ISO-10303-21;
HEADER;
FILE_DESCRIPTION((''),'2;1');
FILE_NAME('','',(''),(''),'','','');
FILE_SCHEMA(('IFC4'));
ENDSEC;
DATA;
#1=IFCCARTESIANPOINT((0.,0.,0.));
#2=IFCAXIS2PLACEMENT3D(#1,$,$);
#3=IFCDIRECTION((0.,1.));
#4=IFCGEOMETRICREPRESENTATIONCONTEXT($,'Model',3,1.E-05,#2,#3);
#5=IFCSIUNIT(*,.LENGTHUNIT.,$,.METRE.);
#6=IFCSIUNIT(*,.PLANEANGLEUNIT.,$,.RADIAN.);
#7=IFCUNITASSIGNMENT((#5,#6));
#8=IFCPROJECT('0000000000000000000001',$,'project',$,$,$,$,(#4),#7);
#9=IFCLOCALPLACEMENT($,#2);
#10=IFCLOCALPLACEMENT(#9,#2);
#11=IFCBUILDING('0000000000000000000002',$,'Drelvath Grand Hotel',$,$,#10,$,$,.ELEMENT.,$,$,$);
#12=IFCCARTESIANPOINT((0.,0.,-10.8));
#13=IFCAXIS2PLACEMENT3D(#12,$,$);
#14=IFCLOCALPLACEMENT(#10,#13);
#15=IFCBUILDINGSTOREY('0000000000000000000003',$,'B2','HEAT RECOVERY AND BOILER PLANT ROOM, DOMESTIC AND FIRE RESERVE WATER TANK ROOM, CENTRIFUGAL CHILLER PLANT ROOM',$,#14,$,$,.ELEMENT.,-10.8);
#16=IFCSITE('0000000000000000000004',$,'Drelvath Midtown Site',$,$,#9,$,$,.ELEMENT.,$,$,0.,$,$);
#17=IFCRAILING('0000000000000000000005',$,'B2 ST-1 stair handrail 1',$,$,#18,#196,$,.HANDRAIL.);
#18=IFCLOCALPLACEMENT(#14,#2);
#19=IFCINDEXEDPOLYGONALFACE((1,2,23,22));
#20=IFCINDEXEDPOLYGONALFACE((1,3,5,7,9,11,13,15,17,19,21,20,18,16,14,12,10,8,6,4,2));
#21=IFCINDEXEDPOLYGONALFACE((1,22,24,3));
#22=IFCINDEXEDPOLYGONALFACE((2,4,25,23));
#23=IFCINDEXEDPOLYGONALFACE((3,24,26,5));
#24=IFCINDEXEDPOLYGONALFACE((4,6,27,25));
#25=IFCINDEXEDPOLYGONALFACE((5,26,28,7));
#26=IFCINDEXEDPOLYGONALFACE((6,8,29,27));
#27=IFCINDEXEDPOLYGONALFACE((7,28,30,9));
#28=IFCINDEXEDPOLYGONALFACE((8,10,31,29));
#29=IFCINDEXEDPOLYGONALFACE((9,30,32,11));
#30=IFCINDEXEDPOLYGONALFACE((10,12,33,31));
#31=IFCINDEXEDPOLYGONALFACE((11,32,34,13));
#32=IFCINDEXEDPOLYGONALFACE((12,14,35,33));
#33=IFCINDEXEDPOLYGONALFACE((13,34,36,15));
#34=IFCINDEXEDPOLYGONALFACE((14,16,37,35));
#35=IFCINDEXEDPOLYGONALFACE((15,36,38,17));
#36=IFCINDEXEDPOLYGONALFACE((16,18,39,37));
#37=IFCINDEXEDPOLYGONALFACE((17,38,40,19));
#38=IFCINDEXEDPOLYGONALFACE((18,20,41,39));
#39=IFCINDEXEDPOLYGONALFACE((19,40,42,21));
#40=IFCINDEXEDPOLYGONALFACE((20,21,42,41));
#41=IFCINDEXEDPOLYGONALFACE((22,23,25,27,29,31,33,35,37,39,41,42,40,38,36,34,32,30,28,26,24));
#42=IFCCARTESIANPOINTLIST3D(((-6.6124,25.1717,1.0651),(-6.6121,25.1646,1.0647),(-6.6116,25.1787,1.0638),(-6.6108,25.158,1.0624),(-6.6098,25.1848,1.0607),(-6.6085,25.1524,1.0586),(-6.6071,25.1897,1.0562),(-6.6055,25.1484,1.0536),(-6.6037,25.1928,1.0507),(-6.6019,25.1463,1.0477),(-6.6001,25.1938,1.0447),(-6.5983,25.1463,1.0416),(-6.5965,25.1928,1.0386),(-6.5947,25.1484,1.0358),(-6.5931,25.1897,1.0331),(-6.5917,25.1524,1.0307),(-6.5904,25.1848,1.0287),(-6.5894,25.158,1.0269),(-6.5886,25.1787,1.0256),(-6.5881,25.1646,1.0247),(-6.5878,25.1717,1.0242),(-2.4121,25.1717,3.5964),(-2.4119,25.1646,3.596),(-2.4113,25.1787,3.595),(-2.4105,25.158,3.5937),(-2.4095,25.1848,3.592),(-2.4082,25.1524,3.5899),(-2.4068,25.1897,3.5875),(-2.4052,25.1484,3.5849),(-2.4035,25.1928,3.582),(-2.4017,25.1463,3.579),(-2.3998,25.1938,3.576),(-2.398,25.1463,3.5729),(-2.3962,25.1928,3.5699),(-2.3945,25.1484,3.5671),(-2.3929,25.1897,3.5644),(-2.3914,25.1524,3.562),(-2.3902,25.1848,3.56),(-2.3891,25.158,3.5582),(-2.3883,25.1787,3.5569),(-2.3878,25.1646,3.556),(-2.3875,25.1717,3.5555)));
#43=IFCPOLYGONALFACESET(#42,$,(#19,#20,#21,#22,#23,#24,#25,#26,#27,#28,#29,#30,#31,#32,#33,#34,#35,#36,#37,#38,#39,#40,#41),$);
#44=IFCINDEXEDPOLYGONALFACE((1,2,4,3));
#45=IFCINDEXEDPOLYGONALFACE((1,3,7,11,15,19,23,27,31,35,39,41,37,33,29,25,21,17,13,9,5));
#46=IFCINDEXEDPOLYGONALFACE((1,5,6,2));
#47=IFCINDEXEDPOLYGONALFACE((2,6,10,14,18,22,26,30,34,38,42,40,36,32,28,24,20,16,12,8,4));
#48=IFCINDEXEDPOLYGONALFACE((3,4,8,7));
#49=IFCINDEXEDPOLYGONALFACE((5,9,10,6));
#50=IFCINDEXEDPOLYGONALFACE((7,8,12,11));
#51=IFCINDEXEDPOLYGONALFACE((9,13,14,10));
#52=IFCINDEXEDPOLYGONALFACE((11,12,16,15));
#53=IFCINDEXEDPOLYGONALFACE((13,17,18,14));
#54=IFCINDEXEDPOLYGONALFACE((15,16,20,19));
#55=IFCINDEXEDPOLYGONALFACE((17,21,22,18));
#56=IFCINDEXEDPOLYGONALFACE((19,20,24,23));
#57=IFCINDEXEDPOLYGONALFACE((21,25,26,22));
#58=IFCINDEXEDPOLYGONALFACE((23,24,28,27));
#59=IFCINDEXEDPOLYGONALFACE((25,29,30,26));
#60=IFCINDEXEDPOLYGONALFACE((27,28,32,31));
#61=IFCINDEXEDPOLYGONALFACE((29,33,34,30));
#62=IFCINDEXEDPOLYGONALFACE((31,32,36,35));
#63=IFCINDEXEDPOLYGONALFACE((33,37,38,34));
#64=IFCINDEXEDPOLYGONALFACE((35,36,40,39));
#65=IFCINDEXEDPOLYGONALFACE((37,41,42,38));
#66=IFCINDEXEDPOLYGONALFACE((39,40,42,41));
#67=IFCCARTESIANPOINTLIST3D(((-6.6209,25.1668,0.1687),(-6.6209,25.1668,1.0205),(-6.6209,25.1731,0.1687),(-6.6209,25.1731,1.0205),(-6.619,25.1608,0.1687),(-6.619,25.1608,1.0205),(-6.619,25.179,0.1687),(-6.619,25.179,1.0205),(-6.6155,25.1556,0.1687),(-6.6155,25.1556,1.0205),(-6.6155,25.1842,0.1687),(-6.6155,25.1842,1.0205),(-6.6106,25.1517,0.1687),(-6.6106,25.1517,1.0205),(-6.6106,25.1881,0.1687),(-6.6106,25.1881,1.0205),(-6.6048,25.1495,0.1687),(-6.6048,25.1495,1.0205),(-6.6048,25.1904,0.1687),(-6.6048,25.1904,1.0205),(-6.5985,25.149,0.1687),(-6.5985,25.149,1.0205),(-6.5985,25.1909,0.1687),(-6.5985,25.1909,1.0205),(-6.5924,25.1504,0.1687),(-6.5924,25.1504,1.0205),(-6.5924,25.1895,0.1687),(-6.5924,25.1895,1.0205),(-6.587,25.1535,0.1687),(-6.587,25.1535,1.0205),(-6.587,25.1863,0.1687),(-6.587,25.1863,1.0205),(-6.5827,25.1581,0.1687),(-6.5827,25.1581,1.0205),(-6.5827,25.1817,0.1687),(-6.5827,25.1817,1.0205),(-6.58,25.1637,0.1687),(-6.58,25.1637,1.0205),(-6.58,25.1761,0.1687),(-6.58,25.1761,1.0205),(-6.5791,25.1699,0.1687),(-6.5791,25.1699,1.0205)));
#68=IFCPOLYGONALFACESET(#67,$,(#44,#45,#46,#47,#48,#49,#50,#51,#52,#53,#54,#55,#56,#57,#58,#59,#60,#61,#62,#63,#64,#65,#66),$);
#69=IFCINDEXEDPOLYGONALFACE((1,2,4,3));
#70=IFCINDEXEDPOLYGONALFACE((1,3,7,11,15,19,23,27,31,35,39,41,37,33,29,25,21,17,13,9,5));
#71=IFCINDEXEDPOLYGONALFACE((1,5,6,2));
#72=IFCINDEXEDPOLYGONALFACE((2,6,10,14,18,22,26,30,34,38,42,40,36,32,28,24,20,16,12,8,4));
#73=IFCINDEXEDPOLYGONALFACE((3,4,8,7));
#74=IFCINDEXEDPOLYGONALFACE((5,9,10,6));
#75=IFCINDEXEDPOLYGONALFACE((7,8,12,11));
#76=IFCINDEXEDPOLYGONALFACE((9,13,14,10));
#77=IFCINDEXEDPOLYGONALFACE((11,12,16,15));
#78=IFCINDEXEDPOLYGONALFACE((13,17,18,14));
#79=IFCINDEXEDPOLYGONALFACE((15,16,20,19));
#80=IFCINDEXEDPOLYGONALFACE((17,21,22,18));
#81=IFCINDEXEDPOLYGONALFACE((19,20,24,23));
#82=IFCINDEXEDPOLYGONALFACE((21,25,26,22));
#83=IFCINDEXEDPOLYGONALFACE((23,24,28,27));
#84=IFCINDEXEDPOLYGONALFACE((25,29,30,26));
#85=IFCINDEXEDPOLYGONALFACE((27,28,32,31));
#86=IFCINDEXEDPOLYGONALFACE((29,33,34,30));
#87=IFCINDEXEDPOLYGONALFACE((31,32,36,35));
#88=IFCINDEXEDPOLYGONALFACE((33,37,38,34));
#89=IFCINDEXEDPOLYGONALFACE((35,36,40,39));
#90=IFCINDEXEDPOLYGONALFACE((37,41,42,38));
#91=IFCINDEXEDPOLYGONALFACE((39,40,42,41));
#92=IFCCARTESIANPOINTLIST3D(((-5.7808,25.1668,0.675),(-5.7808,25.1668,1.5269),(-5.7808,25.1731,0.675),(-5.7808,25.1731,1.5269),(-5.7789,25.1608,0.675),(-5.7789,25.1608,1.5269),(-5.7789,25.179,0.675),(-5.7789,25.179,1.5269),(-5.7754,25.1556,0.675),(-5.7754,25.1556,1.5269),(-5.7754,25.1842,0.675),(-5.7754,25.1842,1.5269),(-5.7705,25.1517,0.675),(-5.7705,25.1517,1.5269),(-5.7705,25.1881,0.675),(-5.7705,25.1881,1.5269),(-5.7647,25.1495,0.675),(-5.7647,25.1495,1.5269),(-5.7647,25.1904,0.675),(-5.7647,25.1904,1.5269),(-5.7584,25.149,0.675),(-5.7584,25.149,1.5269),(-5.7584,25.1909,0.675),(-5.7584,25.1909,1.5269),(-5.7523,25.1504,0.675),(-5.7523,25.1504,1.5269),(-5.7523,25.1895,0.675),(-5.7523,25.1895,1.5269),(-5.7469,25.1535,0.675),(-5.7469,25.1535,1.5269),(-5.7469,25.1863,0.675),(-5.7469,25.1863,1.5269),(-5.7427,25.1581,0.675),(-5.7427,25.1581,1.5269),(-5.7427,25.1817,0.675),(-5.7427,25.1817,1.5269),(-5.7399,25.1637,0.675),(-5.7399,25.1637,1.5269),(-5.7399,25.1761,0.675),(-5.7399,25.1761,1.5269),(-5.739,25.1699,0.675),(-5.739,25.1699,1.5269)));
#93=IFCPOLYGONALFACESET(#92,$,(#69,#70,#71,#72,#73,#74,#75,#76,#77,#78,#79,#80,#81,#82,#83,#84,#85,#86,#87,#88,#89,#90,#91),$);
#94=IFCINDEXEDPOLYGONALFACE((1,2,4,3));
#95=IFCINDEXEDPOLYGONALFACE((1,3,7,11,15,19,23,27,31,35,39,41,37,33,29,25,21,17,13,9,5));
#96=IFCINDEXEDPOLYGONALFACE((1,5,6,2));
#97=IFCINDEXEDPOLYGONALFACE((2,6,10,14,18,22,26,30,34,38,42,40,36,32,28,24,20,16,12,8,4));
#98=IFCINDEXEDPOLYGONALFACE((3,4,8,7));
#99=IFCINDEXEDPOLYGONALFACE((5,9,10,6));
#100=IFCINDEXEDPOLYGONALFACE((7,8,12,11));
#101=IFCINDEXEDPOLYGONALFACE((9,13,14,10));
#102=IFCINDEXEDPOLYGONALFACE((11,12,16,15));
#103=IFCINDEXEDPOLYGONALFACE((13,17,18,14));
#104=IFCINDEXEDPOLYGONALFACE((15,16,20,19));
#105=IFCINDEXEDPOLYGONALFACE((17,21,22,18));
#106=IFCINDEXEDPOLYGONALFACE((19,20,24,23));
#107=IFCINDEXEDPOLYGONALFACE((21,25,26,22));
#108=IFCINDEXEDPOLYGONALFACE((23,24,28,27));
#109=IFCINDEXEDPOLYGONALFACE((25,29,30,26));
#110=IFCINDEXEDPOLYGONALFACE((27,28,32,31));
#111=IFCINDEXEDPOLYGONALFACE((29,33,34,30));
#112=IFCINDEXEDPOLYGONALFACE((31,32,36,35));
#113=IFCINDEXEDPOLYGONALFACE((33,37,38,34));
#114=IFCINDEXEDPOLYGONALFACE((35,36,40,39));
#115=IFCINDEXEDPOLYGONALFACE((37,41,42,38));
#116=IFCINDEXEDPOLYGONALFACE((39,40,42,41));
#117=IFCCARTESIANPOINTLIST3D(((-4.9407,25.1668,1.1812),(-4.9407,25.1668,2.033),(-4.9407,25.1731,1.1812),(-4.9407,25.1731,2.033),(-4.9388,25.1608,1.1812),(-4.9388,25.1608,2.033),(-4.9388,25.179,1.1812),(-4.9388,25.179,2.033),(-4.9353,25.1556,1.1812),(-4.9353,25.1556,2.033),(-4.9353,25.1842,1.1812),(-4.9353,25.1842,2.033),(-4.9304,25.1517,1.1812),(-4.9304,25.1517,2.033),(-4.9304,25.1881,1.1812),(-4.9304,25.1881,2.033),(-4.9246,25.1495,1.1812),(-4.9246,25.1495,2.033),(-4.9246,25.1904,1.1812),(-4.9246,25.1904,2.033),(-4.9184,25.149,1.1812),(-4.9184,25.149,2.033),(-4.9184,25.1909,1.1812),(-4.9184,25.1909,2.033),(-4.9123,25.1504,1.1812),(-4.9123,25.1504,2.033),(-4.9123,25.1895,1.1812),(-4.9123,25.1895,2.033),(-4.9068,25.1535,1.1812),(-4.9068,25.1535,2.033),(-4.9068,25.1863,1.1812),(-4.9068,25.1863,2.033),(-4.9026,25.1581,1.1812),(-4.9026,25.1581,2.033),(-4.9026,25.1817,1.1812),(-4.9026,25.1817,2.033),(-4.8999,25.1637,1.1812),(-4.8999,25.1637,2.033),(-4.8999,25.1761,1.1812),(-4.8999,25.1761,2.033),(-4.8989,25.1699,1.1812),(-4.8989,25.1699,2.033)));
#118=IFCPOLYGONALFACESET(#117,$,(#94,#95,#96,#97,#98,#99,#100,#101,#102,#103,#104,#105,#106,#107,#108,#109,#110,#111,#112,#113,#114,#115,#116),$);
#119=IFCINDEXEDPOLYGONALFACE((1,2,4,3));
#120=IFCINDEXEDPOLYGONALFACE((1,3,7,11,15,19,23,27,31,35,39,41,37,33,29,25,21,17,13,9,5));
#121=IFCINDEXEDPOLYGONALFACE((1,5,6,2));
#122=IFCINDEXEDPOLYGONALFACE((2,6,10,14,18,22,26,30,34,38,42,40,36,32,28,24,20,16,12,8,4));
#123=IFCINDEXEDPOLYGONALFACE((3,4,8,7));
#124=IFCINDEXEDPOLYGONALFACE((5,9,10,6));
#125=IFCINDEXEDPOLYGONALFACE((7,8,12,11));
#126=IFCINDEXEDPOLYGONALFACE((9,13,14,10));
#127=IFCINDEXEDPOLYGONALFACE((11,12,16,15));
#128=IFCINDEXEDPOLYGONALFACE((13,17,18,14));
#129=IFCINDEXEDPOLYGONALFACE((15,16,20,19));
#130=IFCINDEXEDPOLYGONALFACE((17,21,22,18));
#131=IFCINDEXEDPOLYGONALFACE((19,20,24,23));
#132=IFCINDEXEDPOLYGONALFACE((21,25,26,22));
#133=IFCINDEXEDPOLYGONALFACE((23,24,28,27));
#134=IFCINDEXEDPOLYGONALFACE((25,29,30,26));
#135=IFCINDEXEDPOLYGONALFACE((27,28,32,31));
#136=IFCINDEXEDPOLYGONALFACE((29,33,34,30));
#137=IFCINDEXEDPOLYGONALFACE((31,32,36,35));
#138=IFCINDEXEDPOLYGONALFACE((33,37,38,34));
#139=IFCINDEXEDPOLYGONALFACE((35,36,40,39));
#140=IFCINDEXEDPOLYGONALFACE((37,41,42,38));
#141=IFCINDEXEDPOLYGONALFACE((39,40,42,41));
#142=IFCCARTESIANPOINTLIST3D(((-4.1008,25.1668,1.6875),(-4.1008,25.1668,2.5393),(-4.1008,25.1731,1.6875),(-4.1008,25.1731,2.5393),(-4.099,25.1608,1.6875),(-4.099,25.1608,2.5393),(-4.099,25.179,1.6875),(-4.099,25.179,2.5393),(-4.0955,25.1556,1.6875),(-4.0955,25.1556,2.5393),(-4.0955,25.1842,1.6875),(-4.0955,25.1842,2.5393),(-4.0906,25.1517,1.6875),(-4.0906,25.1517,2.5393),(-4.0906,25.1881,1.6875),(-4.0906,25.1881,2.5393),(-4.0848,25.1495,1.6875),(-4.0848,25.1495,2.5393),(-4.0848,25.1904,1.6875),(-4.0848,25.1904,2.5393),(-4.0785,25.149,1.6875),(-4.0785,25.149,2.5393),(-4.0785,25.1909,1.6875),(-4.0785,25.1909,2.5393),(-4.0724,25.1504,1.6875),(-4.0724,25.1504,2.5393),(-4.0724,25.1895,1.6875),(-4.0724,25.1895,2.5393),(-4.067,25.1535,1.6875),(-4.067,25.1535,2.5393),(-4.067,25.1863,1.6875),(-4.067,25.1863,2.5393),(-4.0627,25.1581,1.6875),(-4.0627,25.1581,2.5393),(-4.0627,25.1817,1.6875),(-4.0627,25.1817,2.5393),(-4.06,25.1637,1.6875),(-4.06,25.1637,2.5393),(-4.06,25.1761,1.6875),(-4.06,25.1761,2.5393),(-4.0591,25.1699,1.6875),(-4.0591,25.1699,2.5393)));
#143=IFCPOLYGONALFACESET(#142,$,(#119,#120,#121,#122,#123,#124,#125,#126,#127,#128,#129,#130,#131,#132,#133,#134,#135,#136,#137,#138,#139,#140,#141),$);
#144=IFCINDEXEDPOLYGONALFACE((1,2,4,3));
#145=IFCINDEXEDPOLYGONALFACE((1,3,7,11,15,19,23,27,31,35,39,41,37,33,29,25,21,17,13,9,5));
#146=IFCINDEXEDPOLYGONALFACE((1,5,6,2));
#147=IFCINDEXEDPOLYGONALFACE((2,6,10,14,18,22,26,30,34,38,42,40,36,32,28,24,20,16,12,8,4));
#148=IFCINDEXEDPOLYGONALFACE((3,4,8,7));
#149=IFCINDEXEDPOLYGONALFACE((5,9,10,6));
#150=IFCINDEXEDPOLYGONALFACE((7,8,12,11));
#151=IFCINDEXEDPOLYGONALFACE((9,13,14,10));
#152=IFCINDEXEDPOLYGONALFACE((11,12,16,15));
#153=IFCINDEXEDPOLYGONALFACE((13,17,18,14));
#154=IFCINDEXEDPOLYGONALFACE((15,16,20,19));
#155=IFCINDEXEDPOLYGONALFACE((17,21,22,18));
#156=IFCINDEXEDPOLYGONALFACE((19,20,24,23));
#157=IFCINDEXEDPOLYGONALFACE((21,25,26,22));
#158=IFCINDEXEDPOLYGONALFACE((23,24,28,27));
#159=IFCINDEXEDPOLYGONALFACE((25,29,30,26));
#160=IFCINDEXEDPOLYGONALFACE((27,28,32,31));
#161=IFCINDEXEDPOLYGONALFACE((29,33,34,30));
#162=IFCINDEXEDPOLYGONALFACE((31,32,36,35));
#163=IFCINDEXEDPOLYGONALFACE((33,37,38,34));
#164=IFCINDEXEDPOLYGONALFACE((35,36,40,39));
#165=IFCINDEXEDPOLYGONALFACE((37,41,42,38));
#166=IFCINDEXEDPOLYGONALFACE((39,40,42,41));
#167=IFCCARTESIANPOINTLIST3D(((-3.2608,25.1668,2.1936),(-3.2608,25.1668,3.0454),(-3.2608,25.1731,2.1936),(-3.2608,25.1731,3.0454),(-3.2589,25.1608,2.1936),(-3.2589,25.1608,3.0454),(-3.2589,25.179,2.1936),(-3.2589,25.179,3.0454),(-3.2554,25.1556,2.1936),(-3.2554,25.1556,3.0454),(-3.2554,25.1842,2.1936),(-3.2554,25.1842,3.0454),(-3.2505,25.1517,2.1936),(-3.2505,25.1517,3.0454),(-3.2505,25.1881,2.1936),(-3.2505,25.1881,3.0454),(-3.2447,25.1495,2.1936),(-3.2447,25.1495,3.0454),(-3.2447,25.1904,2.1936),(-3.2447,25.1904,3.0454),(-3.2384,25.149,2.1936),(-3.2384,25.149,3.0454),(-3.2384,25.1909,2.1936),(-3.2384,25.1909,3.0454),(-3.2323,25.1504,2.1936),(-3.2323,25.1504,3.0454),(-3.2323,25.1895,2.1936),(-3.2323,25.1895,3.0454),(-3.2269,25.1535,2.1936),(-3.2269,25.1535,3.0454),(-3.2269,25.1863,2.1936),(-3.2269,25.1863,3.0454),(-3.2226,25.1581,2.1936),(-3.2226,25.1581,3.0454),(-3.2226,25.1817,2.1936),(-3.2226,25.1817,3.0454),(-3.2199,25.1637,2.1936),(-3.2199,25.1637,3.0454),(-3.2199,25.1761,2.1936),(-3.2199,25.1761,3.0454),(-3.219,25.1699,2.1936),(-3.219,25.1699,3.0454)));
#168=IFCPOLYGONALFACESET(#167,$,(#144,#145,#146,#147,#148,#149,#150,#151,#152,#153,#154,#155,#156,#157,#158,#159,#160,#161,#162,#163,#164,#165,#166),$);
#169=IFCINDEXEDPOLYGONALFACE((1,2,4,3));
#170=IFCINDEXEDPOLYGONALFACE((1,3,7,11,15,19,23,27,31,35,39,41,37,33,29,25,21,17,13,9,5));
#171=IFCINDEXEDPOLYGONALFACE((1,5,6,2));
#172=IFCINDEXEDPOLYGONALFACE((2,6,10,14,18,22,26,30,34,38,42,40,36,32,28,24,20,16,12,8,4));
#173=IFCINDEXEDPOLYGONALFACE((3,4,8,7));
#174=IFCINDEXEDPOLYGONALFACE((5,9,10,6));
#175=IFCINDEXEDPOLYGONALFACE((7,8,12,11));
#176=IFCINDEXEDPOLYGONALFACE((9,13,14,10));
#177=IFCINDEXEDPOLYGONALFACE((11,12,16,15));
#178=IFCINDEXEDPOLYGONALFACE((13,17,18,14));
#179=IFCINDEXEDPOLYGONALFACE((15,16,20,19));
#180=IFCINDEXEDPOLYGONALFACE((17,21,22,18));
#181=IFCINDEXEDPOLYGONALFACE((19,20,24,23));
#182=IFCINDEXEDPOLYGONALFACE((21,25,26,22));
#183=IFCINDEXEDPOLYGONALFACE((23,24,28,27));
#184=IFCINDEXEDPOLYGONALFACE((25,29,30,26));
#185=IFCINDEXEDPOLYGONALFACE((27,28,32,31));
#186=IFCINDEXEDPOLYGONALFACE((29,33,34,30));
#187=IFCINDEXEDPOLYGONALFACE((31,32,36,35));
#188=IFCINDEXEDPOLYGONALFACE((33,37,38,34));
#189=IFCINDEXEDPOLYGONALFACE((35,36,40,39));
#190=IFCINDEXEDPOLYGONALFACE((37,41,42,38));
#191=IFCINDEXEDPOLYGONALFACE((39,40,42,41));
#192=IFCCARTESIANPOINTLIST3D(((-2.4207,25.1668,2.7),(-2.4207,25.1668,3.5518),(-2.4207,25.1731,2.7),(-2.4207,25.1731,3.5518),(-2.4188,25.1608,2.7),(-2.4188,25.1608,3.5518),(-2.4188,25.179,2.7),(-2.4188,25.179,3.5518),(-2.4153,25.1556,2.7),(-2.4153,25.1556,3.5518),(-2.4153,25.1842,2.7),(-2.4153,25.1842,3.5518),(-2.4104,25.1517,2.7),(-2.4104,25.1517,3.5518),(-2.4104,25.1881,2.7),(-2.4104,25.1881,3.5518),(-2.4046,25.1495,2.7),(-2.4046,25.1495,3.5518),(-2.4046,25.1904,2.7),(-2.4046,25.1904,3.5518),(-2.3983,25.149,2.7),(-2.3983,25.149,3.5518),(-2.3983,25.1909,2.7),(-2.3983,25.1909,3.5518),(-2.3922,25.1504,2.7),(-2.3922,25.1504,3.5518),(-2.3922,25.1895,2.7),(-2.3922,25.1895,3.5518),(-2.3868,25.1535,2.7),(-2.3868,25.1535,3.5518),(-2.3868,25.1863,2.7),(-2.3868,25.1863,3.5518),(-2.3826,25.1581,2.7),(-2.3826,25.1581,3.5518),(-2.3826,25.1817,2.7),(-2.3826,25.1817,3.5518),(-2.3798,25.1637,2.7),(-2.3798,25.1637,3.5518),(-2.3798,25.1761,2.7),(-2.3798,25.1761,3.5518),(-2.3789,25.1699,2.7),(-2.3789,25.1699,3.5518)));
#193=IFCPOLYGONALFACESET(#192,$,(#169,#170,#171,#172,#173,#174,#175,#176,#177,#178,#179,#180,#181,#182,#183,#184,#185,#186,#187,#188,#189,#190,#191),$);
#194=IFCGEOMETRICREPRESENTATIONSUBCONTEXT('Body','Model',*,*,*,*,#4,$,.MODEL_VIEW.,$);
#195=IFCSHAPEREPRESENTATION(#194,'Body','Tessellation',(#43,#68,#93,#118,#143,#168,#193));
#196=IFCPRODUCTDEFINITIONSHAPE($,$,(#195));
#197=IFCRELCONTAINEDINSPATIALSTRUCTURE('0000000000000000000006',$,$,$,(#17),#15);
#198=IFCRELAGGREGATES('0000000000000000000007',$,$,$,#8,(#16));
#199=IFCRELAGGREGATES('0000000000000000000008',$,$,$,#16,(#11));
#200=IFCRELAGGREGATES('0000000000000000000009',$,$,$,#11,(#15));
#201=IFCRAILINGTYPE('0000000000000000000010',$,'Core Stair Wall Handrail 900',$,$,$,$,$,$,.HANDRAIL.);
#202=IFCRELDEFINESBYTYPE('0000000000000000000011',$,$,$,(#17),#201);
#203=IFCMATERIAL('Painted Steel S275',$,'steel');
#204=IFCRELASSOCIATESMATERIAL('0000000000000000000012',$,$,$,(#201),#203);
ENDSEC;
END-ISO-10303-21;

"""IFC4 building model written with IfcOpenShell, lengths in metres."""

from ifc_helpers import new_model, si_unit, direction, frame, origin, origin_2d, place, context, subcontext, project, spatial, circle, extrude, material, type_object, element, save


model = new_model("IFC4")

# Units and contexts
model_context = context("Model", 3, precision=1e-05, world=origin(), true_north=direction((0.0, 1.0)))
body_context = subcontext(model_context, "Body", "Model", "MODEL_VIEW")
ifc_project = project(units=[si_unit("LENGTHUNIT", "METRE"), si_unit("PLANEANGLEUNIT", "RADIAN")], contexts=[model_context])

# Site, building, storey
site_placement = place(None, origin())
site = spatial("IfcSite", under=ifc_project, at=site_placement, Name="Drelvath Midtown Site", CompositionType="ELEMENT", RefElevation=0.0)
building_placement = place(site_placement, origin())
building = spatial("IfcBuilding", under=site, at=building_placement, Name="Drelvath Grand Hotel", CompositionType="ELEMENT")
storey_placement = place(building_placement, frame((0.0, 0.0, -10.8)))
storey = spatial("IfcBuildingStorey", under=building, at=storey_placement, Name="B2", Description="HEAT RECOVERY AND BOILER PLANT ROOM, DOMESTIC AND FIRE RESERVE WATER TANK ROOM, CENTRIFUGAL CHILLER PLANT ROOM", CompositionType="ELEMENT", Elevation=-10.8)

# Shared definitions
ifc_material_1 = material(Name="Painted Steel S275", Category="steel")

# Railing
railing_type_1 = type_object("IfcRailingType", Name="Core Stair Wall Handrail 900", PredefinedType="HANDRAIL", material=ifc_material_1)
railing_1_placement = place(storey_placement, frame((-6.6001, 25.1699, 0.1687)))
element("IfcRailing", 1, at=railing_1_placement, inside=storey, type_object=railing_type_1, Name="B2 ST-1 stair handrail 1", PredefinedType="HANDRAIL", context=body_context, shape_type="SweptSolid", body=[
    extrude(circle(Radius=0.0239, at=origin_2d()), frame((0.0, 0.0, 0.876), z_axis=(0.85649, 0.0, 0.516164), x_axis=(0.0, 1.0, 0.0)), (0.0, 0.0, 1.0), 4.9041),
    extrude(circle(Radius=0.021, at=origin_2d()), origin(), (0.0, 0.0, 1.0), 0.8518),
    extrude(circle(Radius=0.021, at=origin_2d()), frame((0.8401, 0.0, 0.5063)), (0.0, 0.0, 1.0), 0.8518),
    extrude(circle(Radius=0.021, at=origin_2d()), frame((1.6802, 0.0, 1.0125)), (0.0, 0.0, 1.0), 0.8518),
    extrude(circle(Radius=0.021, at=origin_2d()), frame((2.52, 0.0, 1.5188)), (0.0, 0.0, 1.0), 0.8518),
    extrude(circle(Radius=0.021, at=origin_2d()), frame((3.3601, 0.0, 2.0249)), (0.0, 0.0, 1.0), 0.8518),
    extrude(circle(Radius=0.021, at=origin_2d()), frame((4.2002, 0.0, 2.5312)), (0.0, 0.0, 1.0), 0.8518),
])

save(model, "model.ifc")
